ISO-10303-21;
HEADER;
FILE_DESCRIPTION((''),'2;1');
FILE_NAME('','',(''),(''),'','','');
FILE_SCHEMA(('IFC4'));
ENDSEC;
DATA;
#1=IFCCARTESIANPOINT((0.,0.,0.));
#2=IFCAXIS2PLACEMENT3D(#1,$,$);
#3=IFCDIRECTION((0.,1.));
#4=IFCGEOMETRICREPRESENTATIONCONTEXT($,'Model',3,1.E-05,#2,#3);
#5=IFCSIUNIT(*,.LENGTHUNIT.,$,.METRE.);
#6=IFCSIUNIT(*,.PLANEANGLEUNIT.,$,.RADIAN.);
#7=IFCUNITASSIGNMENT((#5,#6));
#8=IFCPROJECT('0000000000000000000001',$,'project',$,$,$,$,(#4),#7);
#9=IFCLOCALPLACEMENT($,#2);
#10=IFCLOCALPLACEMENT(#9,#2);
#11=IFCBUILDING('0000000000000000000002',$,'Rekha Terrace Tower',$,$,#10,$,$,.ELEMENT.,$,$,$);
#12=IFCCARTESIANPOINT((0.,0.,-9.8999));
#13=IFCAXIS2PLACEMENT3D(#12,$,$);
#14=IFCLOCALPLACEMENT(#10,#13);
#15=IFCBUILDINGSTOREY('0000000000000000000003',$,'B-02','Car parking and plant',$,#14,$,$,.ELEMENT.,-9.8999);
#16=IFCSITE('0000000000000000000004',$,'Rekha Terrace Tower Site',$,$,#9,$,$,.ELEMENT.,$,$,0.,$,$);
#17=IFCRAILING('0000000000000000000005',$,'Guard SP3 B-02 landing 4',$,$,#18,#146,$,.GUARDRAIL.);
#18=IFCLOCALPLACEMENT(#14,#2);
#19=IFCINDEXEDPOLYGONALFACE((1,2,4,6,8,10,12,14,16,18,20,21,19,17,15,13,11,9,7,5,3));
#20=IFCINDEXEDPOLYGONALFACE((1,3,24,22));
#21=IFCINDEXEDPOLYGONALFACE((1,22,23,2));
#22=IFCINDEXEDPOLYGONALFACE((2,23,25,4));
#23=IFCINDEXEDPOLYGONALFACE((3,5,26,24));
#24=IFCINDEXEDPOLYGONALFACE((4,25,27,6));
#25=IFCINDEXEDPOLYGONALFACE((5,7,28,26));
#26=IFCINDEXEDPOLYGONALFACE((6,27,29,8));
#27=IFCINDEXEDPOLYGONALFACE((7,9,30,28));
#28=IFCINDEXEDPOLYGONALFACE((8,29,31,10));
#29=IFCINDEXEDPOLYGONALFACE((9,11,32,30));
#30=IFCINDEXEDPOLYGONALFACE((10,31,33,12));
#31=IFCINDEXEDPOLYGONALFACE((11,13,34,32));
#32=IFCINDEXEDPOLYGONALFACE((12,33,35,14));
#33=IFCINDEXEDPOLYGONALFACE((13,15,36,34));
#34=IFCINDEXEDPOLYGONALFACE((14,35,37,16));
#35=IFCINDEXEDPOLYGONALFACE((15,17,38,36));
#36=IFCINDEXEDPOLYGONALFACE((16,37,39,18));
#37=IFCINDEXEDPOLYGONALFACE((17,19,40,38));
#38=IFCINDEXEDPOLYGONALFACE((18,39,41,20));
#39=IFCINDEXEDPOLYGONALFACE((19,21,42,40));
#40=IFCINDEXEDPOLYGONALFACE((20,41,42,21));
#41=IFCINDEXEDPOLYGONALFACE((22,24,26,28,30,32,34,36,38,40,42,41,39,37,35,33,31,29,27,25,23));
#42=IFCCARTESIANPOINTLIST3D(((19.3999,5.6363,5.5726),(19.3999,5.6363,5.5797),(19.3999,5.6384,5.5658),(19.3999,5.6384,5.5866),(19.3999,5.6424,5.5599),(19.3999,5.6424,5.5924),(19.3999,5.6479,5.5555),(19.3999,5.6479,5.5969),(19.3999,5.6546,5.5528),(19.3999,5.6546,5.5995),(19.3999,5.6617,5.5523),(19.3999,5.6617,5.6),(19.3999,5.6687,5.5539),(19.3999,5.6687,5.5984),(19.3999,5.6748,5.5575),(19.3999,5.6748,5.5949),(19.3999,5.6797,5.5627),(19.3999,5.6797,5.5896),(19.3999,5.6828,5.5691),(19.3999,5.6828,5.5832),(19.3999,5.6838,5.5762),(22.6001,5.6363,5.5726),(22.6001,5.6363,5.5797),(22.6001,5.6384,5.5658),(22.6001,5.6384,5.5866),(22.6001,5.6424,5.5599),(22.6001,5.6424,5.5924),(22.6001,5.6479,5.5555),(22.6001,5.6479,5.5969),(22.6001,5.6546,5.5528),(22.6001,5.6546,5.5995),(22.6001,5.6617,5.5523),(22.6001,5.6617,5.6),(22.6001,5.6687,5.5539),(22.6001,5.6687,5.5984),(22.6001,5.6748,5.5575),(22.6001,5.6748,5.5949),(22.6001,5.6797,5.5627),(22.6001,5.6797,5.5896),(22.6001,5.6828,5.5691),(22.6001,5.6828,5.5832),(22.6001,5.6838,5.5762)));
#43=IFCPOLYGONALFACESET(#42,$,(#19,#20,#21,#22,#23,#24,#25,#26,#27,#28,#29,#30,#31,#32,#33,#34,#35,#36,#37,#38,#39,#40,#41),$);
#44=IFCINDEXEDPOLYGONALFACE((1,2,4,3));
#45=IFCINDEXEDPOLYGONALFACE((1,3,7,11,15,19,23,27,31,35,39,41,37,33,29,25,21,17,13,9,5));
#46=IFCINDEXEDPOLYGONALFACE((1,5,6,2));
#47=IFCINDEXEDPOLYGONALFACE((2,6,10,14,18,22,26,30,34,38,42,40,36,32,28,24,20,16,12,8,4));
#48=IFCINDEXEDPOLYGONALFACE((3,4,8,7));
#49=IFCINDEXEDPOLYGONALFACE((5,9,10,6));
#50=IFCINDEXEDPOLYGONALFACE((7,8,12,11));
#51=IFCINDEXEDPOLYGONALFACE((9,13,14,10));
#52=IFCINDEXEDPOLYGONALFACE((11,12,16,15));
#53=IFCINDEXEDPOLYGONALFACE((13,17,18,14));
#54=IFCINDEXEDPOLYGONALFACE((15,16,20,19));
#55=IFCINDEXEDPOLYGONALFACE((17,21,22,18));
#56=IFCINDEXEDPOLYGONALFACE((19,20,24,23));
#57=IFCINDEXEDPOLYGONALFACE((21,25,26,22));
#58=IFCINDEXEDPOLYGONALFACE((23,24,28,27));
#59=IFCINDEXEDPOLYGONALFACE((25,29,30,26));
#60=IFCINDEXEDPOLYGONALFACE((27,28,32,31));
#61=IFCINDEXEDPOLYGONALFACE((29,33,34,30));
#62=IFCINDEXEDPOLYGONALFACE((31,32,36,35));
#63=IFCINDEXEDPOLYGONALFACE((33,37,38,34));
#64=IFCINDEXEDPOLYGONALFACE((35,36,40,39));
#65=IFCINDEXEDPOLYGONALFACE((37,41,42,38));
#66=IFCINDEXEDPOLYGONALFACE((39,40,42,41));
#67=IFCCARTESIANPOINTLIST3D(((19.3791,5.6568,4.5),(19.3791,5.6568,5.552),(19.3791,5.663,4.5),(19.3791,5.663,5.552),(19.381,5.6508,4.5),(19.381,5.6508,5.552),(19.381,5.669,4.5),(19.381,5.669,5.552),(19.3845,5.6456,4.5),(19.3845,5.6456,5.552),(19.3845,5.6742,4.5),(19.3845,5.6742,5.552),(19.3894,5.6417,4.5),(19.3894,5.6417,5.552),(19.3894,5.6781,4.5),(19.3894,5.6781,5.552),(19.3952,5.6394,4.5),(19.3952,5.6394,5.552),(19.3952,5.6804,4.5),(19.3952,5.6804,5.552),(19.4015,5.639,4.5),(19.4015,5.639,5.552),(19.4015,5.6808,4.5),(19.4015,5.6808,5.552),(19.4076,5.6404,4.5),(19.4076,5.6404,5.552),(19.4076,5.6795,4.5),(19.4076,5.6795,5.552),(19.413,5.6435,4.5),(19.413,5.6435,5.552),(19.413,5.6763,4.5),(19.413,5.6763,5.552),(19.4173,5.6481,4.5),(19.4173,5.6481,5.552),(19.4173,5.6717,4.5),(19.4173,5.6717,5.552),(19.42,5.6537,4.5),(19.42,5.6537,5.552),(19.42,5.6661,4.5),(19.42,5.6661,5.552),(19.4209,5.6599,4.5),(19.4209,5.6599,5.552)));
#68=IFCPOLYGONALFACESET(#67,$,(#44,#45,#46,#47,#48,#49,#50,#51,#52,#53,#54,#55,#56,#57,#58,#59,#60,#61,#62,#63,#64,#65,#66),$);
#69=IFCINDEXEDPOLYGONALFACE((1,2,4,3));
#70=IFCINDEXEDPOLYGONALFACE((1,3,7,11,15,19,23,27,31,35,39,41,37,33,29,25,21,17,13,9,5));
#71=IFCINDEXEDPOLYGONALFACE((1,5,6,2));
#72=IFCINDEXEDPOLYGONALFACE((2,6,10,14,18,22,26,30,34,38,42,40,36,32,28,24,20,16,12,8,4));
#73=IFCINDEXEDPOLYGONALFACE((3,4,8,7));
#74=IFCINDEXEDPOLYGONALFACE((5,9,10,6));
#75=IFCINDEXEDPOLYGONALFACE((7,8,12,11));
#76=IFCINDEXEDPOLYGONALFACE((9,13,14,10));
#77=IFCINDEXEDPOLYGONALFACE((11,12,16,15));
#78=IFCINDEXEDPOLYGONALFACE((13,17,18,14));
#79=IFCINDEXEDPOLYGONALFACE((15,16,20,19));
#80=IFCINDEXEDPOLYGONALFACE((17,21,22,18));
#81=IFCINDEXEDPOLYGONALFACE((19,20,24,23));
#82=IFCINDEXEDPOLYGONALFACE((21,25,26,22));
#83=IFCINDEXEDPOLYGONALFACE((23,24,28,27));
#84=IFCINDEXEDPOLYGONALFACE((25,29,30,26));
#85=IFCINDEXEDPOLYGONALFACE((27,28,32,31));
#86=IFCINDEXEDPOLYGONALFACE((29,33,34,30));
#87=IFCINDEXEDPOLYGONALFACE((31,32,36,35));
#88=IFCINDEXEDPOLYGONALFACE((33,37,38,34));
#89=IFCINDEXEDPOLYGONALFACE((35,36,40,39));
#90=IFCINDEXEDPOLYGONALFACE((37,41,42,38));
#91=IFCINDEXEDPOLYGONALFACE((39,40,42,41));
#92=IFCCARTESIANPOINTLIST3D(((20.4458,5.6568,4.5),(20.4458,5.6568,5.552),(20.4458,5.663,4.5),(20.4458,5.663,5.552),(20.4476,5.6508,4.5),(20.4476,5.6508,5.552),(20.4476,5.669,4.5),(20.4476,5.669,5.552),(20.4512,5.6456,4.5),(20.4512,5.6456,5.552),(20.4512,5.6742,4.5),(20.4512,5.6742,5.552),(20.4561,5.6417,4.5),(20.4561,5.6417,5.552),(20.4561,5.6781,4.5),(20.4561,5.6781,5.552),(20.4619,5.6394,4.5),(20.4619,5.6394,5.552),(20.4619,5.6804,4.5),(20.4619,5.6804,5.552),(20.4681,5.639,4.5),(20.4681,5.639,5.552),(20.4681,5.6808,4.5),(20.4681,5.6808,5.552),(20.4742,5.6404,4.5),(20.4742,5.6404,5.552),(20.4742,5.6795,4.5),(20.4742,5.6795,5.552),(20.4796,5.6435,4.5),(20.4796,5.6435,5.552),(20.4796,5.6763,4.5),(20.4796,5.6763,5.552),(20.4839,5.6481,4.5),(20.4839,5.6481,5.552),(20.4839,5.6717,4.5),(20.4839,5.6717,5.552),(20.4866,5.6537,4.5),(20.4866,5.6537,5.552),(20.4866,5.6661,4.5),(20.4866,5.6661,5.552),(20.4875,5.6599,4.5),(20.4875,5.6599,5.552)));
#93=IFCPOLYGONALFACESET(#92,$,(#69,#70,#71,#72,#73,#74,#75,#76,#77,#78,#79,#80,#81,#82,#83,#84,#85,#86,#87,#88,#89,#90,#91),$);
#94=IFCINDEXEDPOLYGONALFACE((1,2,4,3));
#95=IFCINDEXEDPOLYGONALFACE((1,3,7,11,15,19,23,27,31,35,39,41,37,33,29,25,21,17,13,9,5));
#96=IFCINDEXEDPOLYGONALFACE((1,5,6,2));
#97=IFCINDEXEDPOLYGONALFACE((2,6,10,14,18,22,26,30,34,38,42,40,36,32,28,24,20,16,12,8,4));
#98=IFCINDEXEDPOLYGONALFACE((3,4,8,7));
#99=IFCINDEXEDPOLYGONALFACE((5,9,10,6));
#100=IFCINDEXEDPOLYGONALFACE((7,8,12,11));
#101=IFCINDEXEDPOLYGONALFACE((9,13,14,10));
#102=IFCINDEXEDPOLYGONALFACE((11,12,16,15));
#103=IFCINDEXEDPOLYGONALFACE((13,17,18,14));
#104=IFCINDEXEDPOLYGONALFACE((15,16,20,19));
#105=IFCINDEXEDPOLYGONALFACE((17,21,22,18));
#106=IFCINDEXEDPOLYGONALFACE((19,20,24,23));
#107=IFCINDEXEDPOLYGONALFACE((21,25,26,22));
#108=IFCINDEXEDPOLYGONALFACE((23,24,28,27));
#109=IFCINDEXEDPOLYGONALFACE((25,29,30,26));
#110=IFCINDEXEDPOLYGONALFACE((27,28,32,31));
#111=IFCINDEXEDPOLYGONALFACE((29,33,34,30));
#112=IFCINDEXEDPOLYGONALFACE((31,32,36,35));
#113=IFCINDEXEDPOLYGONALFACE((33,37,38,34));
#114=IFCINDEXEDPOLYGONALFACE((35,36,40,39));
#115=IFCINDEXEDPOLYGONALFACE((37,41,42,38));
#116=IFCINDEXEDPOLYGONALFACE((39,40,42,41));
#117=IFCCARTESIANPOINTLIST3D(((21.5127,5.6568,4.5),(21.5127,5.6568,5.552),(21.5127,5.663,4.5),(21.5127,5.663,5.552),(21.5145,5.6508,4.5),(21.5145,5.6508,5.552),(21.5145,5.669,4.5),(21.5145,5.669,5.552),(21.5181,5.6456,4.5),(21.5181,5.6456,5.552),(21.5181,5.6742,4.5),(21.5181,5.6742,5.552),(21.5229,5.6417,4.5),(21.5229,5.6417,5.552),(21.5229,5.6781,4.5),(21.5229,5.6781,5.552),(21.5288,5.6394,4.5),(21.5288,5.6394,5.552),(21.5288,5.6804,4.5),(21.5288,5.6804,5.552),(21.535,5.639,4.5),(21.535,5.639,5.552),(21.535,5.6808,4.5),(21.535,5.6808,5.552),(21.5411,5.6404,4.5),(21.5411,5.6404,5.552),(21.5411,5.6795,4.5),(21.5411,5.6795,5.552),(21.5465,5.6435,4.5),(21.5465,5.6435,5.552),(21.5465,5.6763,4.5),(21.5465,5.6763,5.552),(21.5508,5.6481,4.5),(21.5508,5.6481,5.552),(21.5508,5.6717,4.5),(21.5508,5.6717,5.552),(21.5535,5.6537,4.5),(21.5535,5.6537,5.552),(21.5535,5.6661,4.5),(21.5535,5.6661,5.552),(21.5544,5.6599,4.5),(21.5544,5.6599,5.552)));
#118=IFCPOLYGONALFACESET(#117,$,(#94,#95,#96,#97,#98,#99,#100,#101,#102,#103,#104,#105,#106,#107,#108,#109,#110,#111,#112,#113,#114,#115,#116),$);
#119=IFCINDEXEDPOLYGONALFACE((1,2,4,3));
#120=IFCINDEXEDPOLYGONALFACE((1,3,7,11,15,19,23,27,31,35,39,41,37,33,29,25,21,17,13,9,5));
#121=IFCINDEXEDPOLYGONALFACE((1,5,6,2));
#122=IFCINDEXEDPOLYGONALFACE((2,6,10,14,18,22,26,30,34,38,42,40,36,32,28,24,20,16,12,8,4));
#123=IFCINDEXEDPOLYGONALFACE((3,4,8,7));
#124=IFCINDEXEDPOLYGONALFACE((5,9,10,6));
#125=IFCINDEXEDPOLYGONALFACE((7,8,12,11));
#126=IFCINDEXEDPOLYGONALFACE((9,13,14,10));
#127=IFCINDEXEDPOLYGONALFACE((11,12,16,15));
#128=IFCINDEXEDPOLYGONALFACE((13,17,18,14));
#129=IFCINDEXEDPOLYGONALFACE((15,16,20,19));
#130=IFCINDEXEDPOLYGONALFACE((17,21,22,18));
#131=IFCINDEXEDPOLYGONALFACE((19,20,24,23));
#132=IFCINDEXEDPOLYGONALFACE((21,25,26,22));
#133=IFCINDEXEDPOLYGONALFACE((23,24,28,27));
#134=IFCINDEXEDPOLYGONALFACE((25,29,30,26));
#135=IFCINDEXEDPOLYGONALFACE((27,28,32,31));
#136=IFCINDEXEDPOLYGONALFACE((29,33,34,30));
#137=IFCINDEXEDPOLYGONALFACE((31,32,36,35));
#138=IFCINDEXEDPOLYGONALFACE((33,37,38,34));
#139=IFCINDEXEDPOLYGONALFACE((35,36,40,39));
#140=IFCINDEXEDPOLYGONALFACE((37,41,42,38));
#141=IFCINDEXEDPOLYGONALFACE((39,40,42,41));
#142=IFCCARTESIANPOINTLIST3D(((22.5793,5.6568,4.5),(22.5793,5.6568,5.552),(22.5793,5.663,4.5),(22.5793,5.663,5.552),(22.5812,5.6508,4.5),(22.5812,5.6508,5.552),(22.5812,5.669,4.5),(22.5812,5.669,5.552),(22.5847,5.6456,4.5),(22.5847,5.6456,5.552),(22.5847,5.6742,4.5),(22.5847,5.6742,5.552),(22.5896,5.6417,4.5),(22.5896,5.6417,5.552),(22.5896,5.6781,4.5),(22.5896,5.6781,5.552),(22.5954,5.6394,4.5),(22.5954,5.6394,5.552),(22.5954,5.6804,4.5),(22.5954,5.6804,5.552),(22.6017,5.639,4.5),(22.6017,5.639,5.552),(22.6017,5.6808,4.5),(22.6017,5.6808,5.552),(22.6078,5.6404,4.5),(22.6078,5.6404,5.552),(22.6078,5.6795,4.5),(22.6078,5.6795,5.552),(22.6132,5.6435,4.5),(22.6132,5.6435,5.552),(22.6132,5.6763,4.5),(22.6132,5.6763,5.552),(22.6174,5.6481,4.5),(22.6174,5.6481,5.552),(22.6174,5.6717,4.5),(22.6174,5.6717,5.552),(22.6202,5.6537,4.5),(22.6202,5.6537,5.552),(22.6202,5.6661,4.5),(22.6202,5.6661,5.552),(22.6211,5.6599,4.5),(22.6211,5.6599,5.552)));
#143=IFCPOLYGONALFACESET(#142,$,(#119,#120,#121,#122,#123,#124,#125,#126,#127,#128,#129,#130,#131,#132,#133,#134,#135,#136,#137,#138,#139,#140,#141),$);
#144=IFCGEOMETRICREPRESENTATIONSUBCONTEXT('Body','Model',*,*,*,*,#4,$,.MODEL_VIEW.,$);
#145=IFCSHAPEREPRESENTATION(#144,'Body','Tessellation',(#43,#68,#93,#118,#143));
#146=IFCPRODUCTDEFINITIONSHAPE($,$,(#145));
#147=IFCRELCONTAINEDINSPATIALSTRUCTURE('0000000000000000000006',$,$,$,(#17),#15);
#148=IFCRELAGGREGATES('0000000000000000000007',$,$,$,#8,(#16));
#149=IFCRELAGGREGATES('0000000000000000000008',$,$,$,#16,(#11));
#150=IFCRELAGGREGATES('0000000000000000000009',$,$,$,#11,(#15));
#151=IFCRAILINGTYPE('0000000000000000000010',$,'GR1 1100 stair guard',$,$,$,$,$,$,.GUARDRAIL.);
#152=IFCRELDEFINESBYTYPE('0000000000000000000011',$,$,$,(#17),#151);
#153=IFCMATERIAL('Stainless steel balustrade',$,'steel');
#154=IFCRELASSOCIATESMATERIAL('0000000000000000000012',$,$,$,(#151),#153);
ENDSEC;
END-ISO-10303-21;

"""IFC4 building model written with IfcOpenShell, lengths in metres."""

from ifc_helpers import new_model, si_unit, direction, frame, origin, origin_2d, place, context, subcontext, project, spatial, circle, extrude, material, type_object, element, save


model = new_model("IFC4")

# Units and contexts
model_context = context("Model", 3, precision=1e-05, world=origin(), true_north=direction((0.0, 1.0)))
body_context = subcontext(model_context, "Body", "Model", "MODEL_VIEW")
ifc_project = project(units=[si_unit("LENGTHUNIT", "METRE"), si_unit("PLANEANGLEUNIT", "RADIAN")], contexts=[model_context])

# Site, building, storey
site_placement = place(None, origin())
site = spatial("IfcSite", under=ifc_project, at=site_placement, Name="Rekha Terrace Tower Site", CompositionType="ELEMENT", RefElevation=0.0)
building_placement = place(site_placement, origin())
building = spatial("IfcBuilding", under=site, at=building_placement, Name="Rekha Terrace Tower", CompositionType="ELEMENT")
storey_placement = place(building_placement, frame((0.0, 0.0, -9.8999)))
storey = spatial("IfcBuildingStorey", under=building, at=storey_placement, Name="B-02", Description="Car parking and plant", CompositionType="ELEMENT", Elevation=-9.8999)

# Railing
ifc_material_1 = material(Name="Stainless steel balustrade", Category="steel")
railing_type_1 = type_object("IfcRailingType", Name="GR1 1100 stair guard", PredefinedType="GUARDRAIL", material=ifc_material_1)
railing_1_placement = place(storey_placement, frame((19.3999, 5.6599, 4.5)))
element("IfcRailing", 1, at=railing_1_placement, inside=storey, type_object=railing_type_1, Name="Guard SP3 B-02 landing 4", PredefinedType="GUARDRAIL", context=body_context, shape_type="SweptSolid", body=[
    extrude(circle(Radius=0.0239, at=origin_2d()), frame((0.0, 0.0, 1.0762), z_axis=(1.0, 0.0, 0.0), x_axis=(0.0, 1.0, 0.0)), (0.0, 0.0, 1.0), 3.2002),
    extrude(circle(Radius=0.021, at=origin_2d()), origin(), (0.0, 0.0, 1.0), 1.052),
    extrude(circle(Radius=0.021, at=origin_2d()), frame((1.0667, 0.0, 0.0)), (0.0, 0.0, 1.0), 1.052),
    extrude(circle(Radius=0.021, at=origin_2d()), frame((2.1335, 0.0, 0.0)), (0.0, 0.0, 1.0), 1.052),
    extrude(circle(Radius=0.021, at=origin_2d()), frame((3.2002, 0.0, 0.0)), (0.0, 0.0, 1.0), 1.052),
])

save(model, "model.ifc")
